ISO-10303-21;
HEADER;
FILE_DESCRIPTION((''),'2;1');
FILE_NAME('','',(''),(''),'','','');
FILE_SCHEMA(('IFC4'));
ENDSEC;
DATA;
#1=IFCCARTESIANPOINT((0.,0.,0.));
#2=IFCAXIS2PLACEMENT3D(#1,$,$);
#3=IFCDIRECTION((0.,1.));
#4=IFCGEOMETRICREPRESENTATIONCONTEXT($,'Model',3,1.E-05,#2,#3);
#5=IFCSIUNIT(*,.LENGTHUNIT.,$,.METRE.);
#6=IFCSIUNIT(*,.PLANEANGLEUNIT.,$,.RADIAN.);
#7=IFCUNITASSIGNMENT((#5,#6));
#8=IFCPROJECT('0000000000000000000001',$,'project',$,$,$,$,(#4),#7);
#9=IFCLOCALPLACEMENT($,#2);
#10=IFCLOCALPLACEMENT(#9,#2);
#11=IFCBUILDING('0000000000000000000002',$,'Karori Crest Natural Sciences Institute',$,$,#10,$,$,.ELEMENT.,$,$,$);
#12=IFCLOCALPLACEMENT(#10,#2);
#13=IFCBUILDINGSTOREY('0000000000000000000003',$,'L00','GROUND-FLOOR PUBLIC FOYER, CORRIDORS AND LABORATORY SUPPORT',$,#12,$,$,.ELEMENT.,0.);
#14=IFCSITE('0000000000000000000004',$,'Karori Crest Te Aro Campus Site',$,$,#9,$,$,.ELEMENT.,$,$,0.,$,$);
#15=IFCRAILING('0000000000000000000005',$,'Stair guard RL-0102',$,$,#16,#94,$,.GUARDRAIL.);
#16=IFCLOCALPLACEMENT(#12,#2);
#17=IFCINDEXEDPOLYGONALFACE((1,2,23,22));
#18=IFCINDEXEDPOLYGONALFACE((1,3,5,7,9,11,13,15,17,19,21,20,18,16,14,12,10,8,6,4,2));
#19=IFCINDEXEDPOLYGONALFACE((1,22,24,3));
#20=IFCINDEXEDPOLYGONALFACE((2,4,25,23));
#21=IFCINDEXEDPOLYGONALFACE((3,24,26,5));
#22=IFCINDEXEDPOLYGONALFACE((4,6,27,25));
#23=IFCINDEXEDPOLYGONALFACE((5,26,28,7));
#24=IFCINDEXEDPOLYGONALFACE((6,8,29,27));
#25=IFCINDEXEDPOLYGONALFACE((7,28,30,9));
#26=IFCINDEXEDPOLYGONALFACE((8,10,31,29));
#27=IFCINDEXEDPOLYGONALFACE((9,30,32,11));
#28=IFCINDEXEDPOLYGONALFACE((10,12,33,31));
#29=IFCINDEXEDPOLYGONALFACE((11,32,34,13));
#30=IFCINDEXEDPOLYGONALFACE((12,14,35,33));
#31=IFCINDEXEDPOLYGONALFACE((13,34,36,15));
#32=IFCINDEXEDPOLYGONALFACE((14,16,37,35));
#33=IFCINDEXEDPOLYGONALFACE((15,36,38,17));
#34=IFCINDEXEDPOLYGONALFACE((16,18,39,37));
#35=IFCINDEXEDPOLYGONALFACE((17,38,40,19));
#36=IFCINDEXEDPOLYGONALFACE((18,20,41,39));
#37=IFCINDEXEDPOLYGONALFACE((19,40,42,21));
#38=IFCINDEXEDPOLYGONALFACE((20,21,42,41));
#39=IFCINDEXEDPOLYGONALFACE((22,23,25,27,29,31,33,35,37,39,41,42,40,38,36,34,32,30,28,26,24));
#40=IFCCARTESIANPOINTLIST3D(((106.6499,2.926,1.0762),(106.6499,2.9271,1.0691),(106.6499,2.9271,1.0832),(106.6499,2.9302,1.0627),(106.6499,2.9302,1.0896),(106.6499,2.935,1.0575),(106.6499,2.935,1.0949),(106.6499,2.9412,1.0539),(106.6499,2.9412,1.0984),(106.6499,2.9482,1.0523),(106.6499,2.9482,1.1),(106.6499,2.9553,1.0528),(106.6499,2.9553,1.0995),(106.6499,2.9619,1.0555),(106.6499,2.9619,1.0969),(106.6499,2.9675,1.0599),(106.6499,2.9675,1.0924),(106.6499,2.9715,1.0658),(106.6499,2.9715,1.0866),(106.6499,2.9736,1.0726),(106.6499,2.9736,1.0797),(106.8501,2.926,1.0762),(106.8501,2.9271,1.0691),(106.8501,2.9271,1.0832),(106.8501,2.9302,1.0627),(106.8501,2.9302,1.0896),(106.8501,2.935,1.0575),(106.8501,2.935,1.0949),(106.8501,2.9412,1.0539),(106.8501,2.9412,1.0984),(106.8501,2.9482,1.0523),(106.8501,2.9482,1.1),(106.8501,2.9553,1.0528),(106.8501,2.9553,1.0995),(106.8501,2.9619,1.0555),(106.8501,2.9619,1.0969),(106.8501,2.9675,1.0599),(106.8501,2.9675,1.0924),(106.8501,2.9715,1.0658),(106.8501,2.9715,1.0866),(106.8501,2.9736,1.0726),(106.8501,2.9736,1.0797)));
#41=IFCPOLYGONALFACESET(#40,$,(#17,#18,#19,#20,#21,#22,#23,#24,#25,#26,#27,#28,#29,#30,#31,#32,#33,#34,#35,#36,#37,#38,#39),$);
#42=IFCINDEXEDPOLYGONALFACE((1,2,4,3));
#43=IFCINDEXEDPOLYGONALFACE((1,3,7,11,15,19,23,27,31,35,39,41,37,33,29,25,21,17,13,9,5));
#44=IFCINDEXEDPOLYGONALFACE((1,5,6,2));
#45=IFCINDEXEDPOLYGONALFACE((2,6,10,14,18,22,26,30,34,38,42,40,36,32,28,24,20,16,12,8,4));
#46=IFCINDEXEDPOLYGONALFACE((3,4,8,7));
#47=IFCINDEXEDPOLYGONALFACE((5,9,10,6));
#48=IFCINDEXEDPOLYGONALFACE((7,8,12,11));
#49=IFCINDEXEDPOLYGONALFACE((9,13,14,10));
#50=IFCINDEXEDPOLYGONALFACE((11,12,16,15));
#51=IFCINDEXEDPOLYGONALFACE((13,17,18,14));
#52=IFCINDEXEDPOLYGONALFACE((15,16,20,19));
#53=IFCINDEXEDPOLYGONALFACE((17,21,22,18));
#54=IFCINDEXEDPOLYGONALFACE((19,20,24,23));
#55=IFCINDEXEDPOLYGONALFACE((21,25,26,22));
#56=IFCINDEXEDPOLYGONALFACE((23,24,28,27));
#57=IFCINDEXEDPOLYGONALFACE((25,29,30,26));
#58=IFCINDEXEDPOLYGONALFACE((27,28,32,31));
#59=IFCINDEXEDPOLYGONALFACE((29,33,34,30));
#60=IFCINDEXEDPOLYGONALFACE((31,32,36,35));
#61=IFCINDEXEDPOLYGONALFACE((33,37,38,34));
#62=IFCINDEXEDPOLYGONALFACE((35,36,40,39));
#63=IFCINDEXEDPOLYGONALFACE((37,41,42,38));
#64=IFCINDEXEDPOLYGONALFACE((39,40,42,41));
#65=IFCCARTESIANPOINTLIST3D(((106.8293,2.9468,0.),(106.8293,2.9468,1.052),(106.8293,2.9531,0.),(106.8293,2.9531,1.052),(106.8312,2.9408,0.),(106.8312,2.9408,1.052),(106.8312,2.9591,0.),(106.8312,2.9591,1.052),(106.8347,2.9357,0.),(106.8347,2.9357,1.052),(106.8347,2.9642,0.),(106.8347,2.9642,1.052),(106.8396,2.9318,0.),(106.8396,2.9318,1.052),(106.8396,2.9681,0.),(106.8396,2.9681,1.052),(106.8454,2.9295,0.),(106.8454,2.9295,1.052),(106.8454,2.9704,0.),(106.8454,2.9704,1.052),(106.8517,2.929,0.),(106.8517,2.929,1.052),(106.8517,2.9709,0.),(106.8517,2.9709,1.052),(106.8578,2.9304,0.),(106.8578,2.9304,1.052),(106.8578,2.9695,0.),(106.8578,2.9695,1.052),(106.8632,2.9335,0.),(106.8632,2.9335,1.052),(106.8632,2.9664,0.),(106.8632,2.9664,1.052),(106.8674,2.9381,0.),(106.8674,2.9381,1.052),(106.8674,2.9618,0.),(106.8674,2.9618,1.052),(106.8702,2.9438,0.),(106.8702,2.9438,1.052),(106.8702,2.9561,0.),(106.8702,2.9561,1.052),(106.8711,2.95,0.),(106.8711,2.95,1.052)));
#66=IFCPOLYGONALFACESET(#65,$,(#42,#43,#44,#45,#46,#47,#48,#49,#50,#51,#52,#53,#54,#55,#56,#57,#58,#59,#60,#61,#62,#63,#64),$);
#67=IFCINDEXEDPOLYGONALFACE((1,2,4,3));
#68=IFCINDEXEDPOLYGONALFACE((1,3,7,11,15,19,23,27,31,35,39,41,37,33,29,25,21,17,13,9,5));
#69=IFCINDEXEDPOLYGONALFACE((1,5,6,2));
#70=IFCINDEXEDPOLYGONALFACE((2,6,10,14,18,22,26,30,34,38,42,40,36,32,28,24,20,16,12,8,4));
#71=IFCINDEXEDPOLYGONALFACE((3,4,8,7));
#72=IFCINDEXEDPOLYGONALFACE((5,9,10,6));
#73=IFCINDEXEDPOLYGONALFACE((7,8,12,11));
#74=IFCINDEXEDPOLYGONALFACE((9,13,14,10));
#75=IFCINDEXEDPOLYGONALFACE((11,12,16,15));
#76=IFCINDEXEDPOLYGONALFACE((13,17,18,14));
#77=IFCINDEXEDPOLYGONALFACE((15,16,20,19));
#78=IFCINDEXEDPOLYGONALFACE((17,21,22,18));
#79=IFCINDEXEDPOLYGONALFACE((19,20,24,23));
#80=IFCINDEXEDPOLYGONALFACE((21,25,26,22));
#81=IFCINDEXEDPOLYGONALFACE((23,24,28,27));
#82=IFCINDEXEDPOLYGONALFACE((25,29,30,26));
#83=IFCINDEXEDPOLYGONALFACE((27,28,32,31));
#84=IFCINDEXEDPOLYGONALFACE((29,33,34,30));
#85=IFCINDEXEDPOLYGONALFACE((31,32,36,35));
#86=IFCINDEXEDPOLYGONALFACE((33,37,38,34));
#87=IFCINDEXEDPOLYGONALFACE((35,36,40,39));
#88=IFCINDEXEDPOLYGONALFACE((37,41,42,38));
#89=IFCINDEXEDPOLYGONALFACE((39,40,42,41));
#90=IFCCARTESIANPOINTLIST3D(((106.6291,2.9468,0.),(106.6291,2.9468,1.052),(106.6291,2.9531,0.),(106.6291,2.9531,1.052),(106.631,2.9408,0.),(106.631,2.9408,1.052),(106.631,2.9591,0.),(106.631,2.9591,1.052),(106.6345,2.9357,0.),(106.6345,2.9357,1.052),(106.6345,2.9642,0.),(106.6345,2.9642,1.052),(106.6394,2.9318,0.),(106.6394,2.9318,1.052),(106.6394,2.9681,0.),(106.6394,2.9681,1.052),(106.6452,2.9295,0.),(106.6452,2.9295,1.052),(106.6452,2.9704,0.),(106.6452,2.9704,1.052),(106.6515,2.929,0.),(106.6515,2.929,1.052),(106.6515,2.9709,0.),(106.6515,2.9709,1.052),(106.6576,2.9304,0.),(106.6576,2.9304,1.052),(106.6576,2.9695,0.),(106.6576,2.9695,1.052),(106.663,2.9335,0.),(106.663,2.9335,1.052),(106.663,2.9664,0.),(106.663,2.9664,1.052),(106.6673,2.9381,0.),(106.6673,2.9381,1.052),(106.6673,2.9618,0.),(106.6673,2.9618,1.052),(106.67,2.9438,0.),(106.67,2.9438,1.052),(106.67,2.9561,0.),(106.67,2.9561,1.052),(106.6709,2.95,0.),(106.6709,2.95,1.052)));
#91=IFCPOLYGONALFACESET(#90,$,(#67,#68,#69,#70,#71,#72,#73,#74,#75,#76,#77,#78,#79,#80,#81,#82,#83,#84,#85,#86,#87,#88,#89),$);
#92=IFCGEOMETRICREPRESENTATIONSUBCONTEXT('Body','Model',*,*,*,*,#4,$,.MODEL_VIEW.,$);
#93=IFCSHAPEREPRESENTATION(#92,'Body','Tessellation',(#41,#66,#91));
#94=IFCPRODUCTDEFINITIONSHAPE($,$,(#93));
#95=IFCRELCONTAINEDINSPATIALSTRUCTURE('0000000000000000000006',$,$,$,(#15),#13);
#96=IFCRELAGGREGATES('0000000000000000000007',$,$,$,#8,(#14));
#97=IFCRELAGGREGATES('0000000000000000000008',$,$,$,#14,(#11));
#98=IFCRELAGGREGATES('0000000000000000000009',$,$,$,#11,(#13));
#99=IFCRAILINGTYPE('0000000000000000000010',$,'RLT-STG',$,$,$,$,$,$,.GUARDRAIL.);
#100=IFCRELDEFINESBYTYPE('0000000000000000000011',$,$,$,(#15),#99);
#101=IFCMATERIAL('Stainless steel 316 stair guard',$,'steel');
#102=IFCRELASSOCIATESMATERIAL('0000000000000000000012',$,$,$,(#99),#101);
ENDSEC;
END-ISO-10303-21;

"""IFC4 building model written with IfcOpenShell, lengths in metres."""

from ifc_helpers import new_model, si_unit, direction, frame, origin, origin_2d, place, context, subcontext, project, spatial, circle, extrude, material, type_object, element, save


model = new_model("IFC4")

# Units and contexts
model_context = context("Model", 3, precision=1e-05, world=origin(), true_north=direction((0.0, 1.0)))
body_context = subcontext(model_context, "Body", "Model", "MODEL_VIEW")
ifc_project = project(units=[si_unit("LENGTHUNIT", "METRE"), si_unit("PLANEANGLEUNIT", "RADIAN")], contexts=[model_context])

# Site, building, storey
site_placement = place(None, origin())
site = spatial("IfcSite", under=ifc_project, at=site_placement, Name="Karori Crest Te Aro Campus Site", CompositionType="ELEMENT", RefElevation=0.0)
building_placement = place(site_placement, origin())
building = spatial("IfcBuilding", under=site, at=building_placement, Name="Karori Crest Natural Sciences Institute", CompositionType="ELEMENT")
storey_placement = place(building_placement, origin())
storey = spatial("IfcBuildingStorey", under=building, at=storey_placement, Name="L00", Description="GROUND-FLOOR PUBLIC FOYER, CORRIDORS AND LABORATORY SUPPORT", CompositionType="ELEMENT", Elevation=0.0)

# Railing
ifc_material_1 = material(Name="Stainless steel 316 stair guard", Category="steel")
railing_type_1 = type_object("IfcRailingType", Name="RLT-STG", PredefinedType="GUARDRAIL", material=ifc_material_1)
railing_1_placement = place(storey_placement, frame((106.8501, 2.95, 0.0)))
element("IfcRailing", 1, at=railing_1_placement, inside=storey, type_object=railing_type_1, Name="Stair guard RL-0102", PredefinedType="GUARDRAIL", context=body_context, shape_type="SweptSolid", body=[
    extrude(circle(Radius=0.0239, at=origin_2d()), frame((0.0, 0.0, 1.0762), z_axis=(-1.0, 0.0, 0.0), x_axis=(0.0, -1.0, 0.0)), (0.0, 0.0, 1.0), 0.2002),
    extrude(circle(Radius=0.021, at=origin_2d()), origin(), (0.0, 0.0, 1.0), 1.052),
    extrude(circle(Radius=0.021, at=origin_2d()), frame((-0.2002, 0.0, 0.0)), (0.0, 0.0, 1.0), 1.052),
])

save(model, "model.ifc")
